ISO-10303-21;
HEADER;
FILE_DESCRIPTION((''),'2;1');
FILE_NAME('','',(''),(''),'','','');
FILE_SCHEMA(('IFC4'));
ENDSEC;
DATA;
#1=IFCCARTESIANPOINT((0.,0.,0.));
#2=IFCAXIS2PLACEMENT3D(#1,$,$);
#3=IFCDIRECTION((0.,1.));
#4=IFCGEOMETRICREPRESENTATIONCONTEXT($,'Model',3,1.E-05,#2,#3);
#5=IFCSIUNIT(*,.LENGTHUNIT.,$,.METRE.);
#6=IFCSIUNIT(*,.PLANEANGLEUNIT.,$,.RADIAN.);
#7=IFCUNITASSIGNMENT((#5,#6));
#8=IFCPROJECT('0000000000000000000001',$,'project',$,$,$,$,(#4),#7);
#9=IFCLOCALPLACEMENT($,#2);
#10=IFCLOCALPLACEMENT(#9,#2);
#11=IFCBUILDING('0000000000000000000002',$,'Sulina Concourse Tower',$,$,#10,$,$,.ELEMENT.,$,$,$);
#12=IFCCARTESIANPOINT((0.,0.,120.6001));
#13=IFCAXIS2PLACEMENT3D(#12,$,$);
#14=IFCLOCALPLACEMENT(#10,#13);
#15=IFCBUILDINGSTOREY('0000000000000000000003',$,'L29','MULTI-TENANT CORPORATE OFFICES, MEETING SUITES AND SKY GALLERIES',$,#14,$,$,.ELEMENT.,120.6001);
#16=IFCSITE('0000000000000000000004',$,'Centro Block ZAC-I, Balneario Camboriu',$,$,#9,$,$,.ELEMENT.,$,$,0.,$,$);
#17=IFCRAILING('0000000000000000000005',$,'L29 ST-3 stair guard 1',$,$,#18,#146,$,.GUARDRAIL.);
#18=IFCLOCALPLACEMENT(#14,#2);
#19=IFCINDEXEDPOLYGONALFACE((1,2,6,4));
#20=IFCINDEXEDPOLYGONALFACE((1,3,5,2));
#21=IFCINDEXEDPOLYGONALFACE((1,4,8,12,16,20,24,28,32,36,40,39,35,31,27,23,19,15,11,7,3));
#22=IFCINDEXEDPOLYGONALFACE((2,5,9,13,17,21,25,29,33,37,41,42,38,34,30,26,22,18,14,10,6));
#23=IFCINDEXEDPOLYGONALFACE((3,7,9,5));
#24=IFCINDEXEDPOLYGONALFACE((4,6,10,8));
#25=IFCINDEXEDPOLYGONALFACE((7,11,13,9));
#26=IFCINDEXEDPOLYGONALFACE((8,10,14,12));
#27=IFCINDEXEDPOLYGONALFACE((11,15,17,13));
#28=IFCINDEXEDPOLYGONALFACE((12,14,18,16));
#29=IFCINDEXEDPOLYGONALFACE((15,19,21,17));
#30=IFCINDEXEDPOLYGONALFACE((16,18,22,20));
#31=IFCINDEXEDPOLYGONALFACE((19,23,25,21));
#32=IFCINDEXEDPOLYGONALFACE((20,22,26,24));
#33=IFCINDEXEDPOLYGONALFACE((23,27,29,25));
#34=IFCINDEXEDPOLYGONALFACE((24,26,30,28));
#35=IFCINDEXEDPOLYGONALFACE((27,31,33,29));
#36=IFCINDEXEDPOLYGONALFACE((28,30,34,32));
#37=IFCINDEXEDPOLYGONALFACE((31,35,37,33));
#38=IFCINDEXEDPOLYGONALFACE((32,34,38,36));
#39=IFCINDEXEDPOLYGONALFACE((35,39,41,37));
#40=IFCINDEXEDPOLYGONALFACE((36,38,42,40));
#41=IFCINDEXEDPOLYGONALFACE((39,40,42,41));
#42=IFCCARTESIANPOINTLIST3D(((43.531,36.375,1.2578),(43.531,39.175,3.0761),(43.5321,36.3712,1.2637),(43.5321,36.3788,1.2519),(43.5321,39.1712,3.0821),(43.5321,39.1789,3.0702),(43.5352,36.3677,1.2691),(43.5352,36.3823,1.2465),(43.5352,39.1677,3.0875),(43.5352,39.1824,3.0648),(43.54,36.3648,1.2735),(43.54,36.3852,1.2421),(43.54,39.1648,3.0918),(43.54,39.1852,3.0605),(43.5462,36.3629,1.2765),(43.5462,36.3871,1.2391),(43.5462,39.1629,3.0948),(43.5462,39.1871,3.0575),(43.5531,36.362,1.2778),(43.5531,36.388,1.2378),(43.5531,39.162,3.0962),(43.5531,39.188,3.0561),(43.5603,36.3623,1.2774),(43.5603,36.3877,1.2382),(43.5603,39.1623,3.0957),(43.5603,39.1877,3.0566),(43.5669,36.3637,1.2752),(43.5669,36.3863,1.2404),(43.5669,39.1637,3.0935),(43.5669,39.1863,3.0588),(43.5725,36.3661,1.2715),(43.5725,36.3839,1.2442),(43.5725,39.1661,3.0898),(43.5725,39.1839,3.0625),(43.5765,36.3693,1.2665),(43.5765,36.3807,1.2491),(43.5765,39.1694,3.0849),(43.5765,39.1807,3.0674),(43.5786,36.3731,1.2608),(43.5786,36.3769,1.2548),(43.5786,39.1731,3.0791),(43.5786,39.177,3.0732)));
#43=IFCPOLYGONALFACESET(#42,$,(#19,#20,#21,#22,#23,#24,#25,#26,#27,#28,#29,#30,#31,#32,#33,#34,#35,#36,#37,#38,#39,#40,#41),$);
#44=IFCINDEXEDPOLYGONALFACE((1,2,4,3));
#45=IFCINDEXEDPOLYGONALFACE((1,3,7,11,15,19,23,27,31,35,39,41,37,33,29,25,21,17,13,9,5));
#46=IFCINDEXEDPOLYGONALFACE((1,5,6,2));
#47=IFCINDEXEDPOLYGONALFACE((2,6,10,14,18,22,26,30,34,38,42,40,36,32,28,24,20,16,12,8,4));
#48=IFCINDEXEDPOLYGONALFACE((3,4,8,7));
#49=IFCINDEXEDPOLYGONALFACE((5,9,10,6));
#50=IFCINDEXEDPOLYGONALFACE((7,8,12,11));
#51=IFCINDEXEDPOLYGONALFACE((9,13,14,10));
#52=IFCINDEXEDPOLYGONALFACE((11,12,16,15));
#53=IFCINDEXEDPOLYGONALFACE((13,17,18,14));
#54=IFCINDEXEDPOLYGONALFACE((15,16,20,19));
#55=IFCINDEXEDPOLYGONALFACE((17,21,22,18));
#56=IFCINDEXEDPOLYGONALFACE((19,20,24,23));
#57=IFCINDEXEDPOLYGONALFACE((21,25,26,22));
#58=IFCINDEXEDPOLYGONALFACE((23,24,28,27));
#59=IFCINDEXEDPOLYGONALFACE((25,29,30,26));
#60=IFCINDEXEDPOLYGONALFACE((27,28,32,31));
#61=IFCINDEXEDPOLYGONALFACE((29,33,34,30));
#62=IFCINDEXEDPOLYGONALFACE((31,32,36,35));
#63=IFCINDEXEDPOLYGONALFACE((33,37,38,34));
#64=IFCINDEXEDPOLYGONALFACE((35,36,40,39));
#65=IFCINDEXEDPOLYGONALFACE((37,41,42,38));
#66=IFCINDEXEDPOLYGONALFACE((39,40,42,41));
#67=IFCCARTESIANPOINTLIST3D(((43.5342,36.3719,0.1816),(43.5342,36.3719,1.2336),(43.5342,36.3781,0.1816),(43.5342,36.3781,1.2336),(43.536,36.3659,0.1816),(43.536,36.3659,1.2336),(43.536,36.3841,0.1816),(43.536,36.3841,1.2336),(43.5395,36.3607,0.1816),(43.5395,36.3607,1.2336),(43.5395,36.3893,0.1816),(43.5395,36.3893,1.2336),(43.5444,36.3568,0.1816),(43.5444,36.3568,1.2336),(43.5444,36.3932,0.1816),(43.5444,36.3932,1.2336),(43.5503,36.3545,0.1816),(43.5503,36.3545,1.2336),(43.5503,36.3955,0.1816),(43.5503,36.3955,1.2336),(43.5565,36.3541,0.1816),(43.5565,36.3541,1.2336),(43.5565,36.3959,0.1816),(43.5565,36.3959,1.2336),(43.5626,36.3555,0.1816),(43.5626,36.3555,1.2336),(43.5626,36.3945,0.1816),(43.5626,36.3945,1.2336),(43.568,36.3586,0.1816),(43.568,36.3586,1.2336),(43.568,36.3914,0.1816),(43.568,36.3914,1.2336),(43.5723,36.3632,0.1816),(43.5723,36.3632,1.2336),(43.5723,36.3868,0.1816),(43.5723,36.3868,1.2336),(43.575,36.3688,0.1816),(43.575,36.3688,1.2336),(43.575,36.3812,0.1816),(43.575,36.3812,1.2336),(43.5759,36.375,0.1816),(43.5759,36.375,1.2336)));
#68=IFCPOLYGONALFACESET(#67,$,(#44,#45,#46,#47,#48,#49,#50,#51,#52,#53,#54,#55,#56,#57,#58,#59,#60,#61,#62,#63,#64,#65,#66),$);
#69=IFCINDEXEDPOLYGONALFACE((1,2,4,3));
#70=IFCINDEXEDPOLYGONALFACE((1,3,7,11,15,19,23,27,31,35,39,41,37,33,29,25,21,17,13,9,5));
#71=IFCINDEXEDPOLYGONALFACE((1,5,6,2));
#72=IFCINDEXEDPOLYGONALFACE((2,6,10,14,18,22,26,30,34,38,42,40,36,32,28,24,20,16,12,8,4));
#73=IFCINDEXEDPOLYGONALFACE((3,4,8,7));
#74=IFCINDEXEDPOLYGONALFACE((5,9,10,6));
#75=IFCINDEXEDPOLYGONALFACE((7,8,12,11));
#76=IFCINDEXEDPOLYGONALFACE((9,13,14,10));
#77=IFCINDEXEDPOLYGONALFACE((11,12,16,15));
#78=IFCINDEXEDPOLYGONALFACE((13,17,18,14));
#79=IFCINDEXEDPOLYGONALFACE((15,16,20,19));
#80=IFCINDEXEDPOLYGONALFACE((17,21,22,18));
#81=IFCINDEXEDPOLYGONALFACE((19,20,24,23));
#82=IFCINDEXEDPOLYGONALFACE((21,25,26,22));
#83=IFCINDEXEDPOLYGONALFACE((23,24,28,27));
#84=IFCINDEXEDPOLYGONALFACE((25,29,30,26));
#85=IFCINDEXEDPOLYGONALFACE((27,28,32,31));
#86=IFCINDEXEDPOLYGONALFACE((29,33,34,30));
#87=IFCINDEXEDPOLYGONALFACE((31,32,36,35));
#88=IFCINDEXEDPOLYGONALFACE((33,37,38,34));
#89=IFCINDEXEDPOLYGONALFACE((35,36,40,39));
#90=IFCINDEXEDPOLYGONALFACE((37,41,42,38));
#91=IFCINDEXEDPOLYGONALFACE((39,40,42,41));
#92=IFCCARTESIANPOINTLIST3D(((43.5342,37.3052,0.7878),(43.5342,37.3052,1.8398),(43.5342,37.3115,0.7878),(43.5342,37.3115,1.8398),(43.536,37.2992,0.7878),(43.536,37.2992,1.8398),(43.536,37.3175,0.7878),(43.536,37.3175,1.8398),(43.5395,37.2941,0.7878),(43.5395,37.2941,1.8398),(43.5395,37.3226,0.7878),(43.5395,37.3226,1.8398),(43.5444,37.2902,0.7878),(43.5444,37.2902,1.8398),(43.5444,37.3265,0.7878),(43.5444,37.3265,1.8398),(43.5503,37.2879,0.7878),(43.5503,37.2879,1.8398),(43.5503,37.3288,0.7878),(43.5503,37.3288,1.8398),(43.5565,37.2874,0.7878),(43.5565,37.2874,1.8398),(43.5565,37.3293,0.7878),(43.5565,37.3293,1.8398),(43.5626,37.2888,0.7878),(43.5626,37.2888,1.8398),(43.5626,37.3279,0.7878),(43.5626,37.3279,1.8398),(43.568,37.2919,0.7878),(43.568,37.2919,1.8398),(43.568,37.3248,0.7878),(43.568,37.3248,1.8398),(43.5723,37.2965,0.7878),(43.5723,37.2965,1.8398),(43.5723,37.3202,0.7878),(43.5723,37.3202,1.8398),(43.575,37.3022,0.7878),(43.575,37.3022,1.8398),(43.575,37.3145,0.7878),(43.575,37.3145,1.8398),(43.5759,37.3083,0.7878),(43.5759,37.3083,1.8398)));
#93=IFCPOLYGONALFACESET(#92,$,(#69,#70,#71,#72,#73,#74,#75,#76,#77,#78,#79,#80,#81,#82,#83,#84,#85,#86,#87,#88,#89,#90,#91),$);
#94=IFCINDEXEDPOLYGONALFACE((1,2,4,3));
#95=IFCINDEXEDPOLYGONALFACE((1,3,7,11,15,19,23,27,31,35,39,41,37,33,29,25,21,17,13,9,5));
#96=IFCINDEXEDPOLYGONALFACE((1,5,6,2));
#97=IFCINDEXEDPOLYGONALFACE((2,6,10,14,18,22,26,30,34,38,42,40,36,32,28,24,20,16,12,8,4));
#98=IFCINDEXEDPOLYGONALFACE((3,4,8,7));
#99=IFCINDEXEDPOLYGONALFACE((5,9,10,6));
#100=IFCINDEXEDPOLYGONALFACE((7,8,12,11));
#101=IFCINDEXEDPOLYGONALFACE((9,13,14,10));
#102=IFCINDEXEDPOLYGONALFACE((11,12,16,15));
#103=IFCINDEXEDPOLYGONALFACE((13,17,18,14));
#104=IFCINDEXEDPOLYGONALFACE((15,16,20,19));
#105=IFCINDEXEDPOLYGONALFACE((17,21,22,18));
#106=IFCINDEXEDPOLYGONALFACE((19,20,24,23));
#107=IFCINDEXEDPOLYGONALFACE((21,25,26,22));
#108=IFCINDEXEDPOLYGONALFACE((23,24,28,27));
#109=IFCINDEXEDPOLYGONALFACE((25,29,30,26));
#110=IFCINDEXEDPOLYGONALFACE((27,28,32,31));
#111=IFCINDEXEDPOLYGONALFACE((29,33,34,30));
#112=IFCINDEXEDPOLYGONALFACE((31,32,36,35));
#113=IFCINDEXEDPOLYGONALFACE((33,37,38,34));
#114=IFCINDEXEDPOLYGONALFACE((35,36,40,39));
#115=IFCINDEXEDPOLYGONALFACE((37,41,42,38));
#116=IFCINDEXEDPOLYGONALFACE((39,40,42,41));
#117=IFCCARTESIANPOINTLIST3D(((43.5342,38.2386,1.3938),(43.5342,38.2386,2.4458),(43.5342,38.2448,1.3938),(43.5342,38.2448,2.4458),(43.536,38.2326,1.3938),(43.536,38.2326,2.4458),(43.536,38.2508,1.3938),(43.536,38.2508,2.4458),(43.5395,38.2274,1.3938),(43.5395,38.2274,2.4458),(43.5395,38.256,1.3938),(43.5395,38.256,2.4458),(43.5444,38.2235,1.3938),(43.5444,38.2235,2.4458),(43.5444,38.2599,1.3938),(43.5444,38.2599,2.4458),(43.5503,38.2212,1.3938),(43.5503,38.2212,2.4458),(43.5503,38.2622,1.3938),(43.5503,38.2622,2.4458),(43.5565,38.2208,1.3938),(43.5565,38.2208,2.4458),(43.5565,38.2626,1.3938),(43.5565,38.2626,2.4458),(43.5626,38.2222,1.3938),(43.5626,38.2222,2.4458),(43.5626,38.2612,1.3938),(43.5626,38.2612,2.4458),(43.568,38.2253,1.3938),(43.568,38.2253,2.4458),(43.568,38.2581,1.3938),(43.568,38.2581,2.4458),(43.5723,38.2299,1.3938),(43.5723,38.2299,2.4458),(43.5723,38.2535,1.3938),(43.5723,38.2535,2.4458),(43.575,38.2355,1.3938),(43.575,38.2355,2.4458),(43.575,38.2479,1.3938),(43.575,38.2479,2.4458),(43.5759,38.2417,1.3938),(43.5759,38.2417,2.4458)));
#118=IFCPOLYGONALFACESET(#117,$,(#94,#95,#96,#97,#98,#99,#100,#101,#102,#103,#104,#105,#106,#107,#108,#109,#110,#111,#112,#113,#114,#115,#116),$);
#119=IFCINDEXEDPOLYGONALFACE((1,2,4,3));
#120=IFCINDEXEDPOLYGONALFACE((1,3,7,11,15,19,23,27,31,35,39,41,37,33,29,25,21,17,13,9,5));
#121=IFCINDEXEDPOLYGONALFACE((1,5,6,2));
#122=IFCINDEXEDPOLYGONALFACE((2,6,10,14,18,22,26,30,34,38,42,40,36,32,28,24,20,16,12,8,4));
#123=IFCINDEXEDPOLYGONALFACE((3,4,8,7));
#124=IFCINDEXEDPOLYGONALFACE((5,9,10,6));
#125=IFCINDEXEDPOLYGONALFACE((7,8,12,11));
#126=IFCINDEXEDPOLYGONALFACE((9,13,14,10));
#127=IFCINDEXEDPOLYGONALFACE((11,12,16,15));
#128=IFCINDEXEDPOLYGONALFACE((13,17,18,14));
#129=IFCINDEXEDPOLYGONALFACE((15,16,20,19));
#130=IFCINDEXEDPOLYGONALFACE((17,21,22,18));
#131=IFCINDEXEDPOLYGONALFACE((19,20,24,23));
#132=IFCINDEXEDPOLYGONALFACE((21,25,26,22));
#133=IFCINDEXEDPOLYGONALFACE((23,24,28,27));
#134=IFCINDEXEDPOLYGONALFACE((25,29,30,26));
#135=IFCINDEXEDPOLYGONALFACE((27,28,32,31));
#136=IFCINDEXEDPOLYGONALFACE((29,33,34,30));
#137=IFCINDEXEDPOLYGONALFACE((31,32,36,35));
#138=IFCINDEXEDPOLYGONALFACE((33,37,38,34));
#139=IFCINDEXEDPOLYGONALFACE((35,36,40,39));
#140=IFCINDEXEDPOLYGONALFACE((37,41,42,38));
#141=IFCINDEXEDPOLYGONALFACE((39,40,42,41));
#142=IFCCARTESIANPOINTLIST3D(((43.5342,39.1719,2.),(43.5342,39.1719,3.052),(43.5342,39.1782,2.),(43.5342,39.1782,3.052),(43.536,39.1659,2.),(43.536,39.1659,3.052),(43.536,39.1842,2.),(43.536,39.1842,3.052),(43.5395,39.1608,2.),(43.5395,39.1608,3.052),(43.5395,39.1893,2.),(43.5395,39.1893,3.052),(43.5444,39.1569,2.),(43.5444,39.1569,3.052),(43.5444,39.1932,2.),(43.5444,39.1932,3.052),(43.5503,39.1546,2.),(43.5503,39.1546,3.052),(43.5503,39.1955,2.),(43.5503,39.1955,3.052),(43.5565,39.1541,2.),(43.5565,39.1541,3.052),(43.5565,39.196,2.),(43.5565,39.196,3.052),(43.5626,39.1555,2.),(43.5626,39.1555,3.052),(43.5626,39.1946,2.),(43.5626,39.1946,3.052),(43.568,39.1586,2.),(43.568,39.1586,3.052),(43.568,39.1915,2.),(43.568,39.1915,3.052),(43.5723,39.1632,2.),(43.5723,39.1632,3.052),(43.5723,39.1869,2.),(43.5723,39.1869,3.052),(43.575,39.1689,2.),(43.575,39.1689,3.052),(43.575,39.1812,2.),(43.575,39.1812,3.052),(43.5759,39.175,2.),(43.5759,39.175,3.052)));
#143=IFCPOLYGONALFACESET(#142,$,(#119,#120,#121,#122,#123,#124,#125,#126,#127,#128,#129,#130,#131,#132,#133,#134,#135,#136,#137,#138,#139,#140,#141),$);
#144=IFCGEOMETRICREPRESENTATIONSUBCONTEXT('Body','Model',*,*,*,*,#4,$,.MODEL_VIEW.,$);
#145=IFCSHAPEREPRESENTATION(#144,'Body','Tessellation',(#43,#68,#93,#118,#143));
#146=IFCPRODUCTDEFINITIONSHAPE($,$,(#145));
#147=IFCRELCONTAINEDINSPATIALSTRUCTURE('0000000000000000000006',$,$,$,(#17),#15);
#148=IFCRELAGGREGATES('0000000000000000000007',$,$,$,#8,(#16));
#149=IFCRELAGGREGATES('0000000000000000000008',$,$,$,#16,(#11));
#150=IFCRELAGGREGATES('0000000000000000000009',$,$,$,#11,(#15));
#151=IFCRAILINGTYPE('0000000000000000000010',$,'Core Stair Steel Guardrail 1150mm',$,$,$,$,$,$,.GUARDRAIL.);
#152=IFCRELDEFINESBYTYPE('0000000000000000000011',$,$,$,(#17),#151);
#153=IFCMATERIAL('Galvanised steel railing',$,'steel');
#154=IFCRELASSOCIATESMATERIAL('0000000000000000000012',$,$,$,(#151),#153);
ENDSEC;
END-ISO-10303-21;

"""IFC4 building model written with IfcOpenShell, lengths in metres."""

from ifc_helpers import new_model, si_unit, direction, frame, origin, origin_2d, place, context, subcontext, project, spatial, circle, extrude, material, type_object, element, save


model = new_model("IFC4")

# Units and contexts
model_context = context("Model", 3, precision=1e-05, world=origin(), true_north=direction((0.0, 1.0)))
body_context = subcontext(model_context, "Body", "Model", "MODEL_VIEW")
ifc_project = project(units=[si_unit("LENGTHUNIT", "METRE"), si_unit("PLANEANGLEUNIT", "RADIAN")], contexts=[model_context])

# Site, building, storey
site_placement = place(None, origin())
site = spatial("IfcSite", under=ifc_project, at=site_placement, Name="Centro Block ZAC-I, Balneario Camboriu", CompositionType="ELEMENT", RefElevation=0.0)
building_placement = place(site_placement, origin())
building = spatial("IfcBuilding", under=site, at=building_placement, Name="Sulina Concourse Tower", CompositionType="ELEMENT")
storey_placement = place(building_placement, frame((0.0, 0.0, 120.6001)))
storey = spatial("IfcBuildingStorey", under=building, at=storey_placement, Name="L29", Description="MULTI-TENANT CORPORATE OFFICES, MEETING SUITES AND SKY GALLERIES", CompositionType="ELEMENT", Elevation=120.6001)

# Railing
ifc_material_1 = material(Name="Galvanised steel railing", Category="steel")
railing_type_1 = type_object("IfcRailingType", Name="Core Stair Steel Guardrail 1150mm", PredefinedType="GUARDRAIL", material=ifc_material_1)
railing_1_placement = place(storey_placement, frame((43.5549, 36.375, 0.1816)))
element("IfcRailing", 1, at=railing_1_placement, inside=storey, type_object=railing_type_1, Name="L29 ST-3 stair guard 1", PredefinedType="GUARDRAIL", context=body_context, shape_type="SweptSolid", body=[
    extrude(circle(Radius=0.0239, at=origin_2d()), frame((0.0, 0.0, 1.0762), z_axis=(0.0, 0.838672, 0.544636), x_axis=(-1.0, 0.0, 0.0)), (0.0, 0.0, 1.0), 3.3386),
    extrude(circle(Radius=0.021, at=origin_2d()), origin(), (0.0, 0.0, 1.0), 1.052),
    extrude(circle(Radius=0.021, at=origin_2d()), frame((0.0, 0.9333, 0.6062)), (0.0, 0.0, 1.0), 1.052),
    extrude(circle(Radius=0.021, at=origin_2d()), frame((0.0, 1.8667, 1.2122)), (0.0, 0.0, 1.0), 1.052),
    extrude(circle(Radius=0.021, at=origin_2d()), frame((0.0, 2.8, 1.8184)), (0.0, 0.0, 1.0), 1.052),
])

save(model, "model.ifc")
